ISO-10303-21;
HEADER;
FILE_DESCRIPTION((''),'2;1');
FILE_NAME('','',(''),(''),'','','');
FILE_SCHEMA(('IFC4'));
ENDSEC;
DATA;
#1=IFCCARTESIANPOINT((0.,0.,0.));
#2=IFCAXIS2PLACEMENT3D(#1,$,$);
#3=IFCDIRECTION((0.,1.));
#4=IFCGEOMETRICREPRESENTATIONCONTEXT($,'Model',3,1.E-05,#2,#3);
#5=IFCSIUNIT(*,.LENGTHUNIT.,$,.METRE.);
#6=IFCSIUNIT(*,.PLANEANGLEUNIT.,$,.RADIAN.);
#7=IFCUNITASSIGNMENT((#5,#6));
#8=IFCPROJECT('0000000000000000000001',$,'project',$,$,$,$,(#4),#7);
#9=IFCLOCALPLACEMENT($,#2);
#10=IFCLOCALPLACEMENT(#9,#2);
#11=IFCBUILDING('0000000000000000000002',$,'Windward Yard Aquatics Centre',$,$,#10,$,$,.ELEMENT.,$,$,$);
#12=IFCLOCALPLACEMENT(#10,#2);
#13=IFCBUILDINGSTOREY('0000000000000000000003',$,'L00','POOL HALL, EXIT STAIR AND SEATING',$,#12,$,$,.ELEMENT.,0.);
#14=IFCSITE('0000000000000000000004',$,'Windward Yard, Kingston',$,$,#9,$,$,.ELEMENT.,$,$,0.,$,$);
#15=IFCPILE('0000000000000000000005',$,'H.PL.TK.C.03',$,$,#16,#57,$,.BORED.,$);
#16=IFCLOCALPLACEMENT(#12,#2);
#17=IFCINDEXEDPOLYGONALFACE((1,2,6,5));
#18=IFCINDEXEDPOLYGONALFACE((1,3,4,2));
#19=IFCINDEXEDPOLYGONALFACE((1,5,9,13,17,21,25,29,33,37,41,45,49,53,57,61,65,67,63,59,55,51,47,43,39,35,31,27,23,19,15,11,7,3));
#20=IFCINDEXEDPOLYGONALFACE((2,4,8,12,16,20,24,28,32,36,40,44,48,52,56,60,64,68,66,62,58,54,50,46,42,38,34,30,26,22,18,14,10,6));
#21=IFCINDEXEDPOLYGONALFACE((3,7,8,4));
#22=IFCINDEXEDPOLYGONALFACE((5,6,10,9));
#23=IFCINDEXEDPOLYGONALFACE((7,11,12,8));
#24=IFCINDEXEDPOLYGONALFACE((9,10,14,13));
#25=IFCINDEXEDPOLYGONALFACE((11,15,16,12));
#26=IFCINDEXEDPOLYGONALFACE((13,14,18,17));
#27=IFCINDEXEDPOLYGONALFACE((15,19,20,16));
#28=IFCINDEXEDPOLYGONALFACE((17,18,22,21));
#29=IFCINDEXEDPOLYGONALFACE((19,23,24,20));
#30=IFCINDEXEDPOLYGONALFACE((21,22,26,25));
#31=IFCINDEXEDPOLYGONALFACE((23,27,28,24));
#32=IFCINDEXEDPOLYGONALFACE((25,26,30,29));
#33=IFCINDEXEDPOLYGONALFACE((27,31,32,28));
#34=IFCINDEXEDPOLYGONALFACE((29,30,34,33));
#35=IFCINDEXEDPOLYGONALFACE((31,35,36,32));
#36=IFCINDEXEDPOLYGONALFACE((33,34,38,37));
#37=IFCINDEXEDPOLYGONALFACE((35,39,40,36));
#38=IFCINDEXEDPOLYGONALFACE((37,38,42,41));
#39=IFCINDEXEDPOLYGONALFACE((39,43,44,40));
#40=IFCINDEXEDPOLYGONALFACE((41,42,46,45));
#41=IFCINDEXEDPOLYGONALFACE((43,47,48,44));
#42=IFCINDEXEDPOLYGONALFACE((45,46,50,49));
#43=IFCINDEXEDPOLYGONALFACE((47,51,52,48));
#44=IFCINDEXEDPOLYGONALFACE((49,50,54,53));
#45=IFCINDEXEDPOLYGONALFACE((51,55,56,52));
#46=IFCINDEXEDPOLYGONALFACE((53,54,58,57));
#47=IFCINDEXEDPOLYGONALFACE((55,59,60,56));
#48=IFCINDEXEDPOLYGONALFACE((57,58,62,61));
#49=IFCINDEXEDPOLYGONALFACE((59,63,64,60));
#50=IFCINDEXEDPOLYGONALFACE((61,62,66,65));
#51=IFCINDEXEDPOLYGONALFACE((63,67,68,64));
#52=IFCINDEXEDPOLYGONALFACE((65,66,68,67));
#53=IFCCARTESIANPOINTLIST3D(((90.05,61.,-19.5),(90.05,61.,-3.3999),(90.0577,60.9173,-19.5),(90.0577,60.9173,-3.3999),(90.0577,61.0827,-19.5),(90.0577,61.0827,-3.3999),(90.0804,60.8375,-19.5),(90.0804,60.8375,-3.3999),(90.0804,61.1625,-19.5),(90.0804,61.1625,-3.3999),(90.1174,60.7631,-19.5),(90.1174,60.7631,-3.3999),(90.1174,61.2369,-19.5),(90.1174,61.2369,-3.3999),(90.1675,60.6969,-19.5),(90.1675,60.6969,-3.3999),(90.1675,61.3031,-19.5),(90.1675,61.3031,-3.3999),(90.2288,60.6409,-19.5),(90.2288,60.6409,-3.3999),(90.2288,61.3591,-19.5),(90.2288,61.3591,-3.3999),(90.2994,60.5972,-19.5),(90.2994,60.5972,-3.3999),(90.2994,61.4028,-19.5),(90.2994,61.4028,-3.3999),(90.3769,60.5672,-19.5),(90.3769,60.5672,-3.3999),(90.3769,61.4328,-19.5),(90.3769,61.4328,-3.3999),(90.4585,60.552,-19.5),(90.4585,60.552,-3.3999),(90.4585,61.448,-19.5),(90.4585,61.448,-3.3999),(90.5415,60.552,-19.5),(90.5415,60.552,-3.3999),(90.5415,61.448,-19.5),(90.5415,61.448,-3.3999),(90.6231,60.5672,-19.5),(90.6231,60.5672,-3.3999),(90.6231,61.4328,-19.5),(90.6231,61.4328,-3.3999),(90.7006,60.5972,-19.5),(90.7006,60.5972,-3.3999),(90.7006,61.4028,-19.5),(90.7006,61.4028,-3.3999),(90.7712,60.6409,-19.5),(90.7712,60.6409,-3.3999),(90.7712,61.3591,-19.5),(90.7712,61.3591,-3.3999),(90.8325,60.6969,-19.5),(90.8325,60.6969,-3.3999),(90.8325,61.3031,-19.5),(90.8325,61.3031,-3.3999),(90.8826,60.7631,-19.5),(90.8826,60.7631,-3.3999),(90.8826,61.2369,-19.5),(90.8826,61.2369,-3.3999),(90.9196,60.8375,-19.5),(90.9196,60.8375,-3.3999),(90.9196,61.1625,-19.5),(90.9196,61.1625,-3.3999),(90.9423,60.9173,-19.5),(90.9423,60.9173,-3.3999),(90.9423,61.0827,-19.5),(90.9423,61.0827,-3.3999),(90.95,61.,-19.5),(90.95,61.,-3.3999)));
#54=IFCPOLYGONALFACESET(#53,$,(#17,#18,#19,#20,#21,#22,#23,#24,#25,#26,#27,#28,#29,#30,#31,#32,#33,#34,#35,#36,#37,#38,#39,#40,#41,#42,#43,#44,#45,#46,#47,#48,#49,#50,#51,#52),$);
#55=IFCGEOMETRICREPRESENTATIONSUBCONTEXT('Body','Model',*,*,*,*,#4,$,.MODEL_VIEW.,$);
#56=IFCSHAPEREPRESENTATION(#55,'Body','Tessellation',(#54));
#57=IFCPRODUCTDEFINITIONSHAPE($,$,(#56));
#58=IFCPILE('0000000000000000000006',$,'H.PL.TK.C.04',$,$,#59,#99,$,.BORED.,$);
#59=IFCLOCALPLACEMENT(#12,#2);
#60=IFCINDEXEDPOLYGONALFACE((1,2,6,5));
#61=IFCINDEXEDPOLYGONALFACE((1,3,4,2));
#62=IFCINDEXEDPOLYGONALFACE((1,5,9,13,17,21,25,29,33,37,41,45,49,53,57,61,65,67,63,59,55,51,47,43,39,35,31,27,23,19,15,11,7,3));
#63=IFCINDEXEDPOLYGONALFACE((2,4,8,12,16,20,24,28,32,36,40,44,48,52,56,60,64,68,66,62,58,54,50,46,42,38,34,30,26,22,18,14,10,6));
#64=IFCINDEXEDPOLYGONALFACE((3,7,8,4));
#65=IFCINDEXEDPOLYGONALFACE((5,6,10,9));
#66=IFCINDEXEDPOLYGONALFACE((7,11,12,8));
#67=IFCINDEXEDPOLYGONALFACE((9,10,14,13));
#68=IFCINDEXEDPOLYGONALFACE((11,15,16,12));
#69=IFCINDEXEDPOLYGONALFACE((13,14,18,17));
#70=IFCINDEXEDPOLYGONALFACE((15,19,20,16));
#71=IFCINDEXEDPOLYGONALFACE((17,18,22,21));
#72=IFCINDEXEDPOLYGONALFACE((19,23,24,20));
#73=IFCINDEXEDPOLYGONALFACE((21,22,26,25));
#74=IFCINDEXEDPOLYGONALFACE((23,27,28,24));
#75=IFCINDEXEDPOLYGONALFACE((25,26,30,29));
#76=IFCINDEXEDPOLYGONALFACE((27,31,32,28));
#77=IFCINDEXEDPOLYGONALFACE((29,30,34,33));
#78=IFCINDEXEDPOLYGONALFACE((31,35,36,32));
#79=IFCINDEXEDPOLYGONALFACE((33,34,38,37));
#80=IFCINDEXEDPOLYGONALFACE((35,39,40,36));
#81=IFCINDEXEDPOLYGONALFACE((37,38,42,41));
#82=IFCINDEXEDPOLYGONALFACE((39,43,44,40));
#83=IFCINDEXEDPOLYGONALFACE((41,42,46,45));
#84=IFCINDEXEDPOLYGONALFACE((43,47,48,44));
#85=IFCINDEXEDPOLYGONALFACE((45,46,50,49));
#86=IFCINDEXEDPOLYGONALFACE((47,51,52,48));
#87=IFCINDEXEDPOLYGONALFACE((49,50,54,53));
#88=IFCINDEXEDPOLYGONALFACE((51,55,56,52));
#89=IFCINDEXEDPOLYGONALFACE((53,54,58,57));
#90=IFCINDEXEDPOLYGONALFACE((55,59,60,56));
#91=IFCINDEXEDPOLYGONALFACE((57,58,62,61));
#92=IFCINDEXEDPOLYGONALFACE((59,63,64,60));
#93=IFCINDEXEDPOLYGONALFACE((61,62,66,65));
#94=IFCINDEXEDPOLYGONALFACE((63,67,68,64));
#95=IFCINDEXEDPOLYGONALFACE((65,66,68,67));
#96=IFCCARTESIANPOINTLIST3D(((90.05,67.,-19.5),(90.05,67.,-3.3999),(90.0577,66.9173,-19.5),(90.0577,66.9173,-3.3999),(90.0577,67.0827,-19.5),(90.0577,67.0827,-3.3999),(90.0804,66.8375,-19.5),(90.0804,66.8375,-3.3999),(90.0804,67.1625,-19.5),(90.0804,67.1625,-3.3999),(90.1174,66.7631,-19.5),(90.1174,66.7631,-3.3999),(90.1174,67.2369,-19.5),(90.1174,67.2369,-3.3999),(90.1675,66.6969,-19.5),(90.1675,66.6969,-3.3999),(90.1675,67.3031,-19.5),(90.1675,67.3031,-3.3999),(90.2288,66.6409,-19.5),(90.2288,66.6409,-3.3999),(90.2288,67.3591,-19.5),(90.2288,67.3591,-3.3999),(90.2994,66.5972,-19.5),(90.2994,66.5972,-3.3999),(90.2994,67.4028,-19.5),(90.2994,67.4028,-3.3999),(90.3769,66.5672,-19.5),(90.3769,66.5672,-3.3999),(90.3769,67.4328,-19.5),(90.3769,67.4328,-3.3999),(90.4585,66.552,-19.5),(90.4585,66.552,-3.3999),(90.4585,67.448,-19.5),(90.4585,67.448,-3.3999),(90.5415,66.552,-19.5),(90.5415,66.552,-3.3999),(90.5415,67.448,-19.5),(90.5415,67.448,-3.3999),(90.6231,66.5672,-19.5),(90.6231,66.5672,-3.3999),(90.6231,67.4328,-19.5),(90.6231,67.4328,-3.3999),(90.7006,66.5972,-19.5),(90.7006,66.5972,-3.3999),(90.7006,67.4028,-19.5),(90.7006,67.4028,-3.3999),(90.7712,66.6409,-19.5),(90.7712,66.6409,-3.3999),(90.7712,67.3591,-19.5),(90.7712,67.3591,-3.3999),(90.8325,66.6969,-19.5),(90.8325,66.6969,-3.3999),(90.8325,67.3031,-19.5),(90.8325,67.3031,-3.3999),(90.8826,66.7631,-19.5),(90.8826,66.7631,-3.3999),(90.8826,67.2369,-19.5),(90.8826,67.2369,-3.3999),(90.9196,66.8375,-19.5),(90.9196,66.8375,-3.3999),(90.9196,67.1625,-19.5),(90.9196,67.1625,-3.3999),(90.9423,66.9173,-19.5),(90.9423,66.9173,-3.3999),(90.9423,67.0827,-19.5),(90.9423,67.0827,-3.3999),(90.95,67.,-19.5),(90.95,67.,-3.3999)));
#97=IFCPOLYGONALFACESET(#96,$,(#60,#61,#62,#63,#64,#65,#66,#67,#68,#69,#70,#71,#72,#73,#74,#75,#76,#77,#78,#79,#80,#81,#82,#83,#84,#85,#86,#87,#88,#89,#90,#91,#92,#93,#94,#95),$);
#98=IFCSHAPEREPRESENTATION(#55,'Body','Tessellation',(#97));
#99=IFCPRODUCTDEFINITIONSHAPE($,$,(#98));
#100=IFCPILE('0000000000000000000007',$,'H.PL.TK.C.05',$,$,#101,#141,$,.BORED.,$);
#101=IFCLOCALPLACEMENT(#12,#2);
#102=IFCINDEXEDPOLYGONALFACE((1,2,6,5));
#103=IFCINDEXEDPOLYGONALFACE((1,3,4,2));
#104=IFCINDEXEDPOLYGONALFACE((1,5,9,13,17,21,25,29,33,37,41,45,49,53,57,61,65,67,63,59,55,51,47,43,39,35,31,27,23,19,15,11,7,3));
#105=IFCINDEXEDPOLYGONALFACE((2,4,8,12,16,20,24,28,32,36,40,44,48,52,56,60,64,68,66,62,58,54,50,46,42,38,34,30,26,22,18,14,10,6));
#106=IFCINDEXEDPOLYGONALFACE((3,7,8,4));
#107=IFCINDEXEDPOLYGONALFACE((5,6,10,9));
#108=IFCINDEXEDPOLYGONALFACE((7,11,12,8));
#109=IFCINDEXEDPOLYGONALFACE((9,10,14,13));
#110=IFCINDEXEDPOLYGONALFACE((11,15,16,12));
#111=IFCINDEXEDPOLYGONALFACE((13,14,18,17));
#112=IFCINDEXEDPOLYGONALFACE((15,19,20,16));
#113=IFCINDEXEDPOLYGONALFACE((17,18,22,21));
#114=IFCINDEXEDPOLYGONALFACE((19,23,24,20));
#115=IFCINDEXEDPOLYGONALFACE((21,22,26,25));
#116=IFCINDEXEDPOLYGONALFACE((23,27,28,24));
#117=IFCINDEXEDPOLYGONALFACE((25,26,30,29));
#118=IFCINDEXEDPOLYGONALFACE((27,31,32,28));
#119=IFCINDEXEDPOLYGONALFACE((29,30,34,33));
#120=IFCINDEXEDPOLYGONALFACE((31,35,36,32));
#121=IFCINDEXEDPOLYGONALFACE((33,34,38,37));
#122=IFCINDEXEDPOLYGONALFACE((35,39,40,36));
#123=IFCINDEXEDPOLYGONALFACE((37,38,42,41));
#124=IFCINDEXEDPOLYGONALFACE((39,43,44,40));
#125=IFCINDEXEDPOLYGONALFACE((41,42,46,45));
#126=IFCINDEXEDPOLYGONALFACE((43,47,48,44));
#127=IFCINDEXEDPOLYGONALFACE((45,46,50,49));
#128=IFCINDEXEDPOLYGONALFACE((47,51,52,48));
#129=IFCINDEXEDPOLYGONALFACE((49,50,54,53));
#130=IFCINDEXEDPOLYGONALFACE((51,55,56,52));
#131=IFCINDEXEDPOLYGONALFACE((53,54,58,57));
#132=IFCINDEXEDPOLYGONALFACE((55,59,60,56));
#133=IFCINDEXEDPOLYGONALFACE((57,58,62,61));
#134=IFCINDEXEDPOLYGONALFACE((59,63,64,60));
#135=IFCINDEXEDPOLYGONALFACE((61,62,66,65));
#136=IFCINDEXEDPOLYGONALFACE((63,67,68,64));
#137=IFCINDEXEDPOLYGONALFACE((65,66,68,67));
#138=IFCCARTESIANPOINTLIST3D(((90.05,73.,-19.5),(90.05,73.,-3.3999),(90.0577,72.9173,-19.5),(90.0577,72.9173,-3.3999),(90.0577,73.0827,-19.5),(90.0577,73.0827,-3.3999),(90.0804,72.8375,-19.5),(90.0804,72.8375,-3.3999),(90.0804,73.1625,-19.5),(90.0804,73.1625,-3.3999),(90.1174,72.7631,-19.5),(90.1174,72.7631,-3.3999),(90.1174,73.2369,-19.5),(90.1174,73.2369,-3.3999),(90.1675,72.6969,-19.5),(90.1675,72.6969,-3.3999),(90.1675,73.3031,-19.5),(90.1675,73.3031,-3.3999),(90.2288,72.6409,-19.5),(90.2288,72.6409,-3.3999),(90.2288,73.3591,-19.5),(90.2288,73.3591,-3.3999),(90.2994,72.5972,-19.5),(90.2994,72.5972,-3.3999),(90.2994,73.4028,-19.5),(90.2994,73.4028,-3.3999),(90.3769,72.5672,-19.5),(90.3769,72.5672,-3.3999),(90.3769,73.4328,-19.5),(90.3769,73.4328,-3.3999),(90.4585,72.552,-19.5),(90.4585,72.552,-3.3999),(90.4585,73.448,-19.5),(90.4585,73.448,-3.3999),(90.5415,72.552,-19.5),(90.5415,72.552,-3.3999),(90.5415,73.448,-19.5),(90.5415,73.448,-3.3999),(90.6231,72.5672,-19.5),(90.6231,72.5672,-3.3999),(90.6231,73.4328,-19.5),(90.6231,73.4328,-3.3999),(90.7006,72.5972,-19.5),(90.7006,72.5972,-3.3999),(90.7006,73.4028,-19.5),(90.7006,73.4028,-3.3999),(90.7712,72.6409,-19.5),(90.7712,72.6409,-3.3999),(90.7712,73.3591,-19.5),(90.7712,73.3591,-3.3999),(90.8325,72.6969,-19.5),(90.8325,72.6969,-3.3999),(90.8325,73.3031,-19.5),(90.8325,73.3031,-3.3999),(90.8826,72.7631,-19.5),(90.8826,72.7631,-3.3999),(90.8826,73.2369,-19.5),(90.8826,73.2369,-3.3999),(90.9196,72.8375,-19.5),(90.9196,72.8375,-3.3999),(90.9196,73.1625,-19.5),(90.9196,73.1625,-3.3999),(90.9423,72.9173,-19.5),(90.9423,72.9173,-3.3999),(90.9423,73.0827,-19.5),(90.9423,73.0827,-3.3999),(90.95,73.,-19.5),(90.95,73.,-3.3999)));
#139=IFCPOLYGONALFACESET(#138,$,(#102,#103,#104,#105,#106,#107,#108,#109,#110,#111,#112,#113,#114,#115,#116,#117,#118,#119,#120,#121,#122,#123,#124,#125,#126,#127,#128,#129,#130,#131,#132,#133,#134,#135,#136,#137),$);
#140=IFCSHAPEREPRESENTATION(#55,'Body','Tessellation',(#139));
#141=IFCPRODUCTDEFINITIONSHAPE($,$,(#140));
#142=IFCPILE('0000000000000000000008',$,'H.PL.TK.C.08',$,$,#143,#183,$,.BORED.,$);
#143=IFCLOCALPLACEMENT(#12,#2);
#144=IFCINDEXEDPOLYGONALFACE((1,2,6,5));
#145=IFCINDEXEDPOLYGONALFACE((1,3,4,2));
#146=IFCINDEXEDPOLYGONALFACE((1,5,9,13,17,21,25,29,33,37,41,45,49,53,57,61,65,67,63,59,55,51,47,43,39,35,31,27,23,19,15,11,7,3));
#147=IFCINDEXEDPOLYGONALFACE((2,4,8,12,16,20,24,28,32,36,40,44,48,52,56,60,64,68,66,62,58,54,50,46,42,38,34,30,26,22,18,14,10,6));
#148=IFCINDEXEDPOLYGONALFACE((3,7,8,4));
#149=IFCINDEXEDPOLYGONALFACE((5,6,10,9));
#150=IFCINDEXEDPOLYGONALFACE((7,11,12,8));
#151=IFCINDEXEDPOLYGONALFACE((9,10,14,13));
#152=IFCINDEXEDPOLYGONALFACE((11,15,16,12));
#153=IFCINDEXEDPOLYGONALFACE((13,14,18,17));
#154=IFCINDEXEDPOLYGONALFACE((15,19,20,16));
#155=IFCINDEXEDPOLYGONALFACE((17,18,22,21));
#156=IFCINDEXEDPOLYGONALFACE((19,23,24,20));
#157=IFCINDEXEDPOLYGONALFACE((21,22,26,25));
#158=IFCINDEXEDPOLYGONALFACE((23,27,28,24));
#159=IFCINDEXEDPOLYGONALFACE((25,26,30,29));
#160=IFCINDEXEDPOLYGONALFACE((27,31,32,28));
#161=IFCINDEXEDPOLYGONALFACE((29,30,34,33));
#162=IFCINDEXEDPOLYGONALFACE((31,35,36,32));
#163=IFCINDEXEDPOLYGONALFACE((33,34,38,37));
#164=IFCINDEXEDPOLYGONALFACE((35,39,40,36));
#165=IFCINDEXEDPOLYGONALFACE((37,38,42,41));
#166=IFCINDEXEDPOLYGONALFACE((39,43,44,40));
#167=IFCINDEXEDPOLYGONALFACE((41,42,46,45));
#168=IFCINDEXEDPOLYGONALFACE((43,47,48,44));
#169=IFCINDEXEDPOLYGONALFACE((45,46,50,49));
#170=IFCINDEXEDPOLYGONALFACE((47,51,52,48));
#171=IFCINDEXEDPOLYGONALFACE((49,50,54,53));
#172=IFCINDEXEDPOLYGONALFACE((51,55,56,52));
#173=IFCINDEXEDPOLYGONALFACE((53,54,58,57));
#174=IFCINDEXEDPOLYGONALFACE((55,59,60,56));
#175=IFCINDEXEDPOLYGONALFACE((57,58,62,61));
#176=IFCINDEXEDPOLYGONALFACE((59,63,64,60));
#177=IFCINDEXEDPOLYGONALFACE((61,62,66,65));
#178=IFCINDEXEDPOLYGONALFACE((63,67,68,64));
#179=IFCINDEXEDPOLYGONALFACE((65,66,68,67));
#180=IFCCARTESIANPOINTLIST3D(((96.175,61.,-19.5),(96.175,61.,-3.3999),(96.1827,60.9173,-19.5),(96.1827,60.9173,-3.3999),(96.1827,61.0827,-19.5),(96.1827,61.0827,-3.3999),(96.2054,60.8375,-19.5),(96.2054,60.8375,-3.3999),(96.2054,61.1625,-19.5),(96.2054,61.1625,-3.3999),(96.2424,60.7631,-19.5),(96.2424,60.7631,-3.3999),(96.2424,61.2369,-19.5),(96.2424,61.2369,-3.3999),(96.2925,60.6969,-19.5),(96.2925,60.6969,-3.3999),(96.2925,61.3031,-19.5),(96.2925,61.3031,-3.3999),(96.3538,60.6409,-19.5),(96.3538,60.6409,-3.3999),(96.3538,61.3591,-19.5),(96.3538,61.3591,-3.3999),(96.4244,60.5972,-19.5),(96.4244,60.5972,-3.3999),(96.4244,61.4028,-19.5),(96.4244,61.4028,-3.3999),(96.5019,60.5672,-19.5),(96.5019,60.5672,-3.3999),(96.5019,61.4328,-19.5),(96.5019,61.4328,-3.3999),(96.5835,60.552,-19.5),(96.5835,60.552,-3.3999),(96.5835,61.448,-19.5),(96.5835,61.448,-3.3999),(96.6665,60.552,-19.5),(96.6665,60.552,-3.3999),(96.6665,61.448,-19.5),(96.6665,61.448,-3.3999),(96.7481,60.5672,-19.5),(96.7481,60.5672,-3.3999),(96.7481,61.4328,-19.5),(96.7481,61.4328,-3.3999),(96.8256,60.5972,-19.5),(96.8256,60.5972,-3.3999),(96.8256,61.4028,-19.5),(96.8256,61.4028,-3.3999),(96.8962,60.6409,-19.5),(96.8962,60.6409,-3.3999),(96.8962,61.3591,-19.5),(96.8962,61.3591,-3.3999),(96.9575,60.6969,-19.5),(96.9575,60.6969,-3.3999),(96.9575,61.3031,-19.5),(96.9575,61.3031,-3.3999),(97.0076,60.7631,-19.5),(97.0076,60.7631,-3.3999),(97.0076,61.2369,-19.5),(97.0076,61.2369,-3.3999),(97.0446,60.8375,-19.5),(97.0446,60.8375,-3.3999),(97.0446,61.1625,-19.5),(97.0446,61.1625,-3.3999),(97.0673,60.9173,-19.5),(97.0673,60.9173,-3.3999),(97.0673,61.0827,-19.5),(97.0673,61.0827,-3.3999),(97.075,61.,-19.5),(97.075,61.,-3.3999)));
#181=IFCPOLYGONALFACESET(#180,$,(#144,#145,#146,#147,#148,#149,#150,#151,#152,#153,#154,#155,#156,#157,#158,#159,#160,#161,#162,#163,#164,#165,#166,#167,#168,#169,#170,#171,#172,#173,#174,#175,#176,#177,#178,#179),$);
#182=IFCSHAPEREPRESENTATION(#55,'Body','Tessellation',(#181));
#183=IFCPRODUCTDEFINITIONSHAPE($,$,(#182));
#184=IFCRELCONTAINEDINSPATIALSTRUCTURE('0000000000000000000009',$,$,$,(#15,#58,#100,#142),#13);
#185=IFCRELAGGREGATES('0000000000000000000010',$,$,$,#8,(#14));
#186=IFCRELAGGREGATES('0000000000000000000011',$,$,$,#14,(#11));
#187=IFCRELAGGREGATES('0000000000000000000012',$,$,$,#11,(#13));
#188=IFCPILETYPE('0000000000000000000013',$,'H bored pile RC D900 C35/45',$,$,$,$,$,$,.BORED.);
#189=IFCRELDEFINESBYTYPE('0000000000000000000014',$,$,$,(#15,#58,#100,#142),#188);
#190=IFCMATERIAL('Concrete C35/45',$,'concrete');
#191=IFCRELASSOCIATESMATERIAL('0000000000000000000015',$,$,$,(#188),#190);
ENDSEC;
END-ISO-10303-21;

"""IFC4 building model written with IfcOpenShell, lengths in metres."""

from ifc_helpers import new_model, si_unit, direction, frame, origin, origin_2d, place, context, subcontext, project, spatial, circle, extrude, material, material_profile, profile_set, type_object, element, save


model = new_model("IFC4")

# Units and contexts
model_context = context("Model", 3, precision=1e-05, world=origin(), true_north=direction((0.0, 1.0)))
body_context = subcontext(model_context, "Body", "Model", "MODEL_VIEW")
ifc_project = project(units=[si_unit("LENGTHUNIT", "METRE"), si_unit("PLANEANGLEUNIT", "RADIAN")], contexts=[model_context])

# Site, building, storey
site_placement = place(None, origin())
site = spatial("IfcSite", under=ifc_project, at=site_placement, Name="Windward Yard, Kingston", CompositionType="ELEMENT", RefElevation=0.0)
building_placement = place(site_placement, origin())
building = spatial("IfcBuilding", under=site, at=building_placement, Name="Windward Yard Aquatics Centre", CompositionType="ELEMENT")
storey_placement = place(building_placement, origin())
storey = spatial("IfcBuildingStorey", under=building, at=storey_placement, Name="L00", Description="POOL HALL, EXIT STAIR AND SEATING", CompositionType="ELEMENT", Elevation=0.0)

# Piles
ifc_material_1 = material(Name="Concrete C35/45", Category="concrete")
ifc_material_profile_1 = material_profile(ifc_material_1, circle(Radius=0.45, at=origin_2d()), Name="RC D900")
ifc_profile_set_1 = profile_set([ifc_material_profile_1], Name="Concrete C35/45")
pile_type = type_object("IfcPileType", Name="H bored pile RC D900 C35/45", PredefinedType="BORED", material=ifc_profile_set_1)
for number, where, z_axis, x_axis, name in (
    (1, (90.5, 61.0, -3.3999), (0.0, 0.0, -1.0), (1.0, 0.0, 0.0), "H.PL.TK.C.03"),
    (2, (90.5, 67.0, -3.3999), (0.0, 0.0, -1.0), (1.0, 0.0, 0.0), "H.PL.TK.C.04"),
    (3, (90.5, 73.0, -3.3999), (0.0, 0.0, -1.0), (1.0, 0.0, 0.0), "H.PL.TK.C.05"),
    (4, (96.625, 61.0, -3.3999), (0.0, 0.0, -1.0), (1.0, 0.0, 0.0), "H.PL.TK.C.08"),
):
    element("IfcPile", number, at=place(storey_placement, frame(where, z_axis=z_axis, x_axis=x_axis)), inside=storey, type_object=pile_type, Name=name, PredefinedType="BORED", context=body_context, shape_type="SweptSolid", body=[
        extrude(circle(Radius=0.45, at=origin_2d()), origin(), (0.0, 0.0, 1.0), 16.1001),
    ])

save(model, "model.ifc")
